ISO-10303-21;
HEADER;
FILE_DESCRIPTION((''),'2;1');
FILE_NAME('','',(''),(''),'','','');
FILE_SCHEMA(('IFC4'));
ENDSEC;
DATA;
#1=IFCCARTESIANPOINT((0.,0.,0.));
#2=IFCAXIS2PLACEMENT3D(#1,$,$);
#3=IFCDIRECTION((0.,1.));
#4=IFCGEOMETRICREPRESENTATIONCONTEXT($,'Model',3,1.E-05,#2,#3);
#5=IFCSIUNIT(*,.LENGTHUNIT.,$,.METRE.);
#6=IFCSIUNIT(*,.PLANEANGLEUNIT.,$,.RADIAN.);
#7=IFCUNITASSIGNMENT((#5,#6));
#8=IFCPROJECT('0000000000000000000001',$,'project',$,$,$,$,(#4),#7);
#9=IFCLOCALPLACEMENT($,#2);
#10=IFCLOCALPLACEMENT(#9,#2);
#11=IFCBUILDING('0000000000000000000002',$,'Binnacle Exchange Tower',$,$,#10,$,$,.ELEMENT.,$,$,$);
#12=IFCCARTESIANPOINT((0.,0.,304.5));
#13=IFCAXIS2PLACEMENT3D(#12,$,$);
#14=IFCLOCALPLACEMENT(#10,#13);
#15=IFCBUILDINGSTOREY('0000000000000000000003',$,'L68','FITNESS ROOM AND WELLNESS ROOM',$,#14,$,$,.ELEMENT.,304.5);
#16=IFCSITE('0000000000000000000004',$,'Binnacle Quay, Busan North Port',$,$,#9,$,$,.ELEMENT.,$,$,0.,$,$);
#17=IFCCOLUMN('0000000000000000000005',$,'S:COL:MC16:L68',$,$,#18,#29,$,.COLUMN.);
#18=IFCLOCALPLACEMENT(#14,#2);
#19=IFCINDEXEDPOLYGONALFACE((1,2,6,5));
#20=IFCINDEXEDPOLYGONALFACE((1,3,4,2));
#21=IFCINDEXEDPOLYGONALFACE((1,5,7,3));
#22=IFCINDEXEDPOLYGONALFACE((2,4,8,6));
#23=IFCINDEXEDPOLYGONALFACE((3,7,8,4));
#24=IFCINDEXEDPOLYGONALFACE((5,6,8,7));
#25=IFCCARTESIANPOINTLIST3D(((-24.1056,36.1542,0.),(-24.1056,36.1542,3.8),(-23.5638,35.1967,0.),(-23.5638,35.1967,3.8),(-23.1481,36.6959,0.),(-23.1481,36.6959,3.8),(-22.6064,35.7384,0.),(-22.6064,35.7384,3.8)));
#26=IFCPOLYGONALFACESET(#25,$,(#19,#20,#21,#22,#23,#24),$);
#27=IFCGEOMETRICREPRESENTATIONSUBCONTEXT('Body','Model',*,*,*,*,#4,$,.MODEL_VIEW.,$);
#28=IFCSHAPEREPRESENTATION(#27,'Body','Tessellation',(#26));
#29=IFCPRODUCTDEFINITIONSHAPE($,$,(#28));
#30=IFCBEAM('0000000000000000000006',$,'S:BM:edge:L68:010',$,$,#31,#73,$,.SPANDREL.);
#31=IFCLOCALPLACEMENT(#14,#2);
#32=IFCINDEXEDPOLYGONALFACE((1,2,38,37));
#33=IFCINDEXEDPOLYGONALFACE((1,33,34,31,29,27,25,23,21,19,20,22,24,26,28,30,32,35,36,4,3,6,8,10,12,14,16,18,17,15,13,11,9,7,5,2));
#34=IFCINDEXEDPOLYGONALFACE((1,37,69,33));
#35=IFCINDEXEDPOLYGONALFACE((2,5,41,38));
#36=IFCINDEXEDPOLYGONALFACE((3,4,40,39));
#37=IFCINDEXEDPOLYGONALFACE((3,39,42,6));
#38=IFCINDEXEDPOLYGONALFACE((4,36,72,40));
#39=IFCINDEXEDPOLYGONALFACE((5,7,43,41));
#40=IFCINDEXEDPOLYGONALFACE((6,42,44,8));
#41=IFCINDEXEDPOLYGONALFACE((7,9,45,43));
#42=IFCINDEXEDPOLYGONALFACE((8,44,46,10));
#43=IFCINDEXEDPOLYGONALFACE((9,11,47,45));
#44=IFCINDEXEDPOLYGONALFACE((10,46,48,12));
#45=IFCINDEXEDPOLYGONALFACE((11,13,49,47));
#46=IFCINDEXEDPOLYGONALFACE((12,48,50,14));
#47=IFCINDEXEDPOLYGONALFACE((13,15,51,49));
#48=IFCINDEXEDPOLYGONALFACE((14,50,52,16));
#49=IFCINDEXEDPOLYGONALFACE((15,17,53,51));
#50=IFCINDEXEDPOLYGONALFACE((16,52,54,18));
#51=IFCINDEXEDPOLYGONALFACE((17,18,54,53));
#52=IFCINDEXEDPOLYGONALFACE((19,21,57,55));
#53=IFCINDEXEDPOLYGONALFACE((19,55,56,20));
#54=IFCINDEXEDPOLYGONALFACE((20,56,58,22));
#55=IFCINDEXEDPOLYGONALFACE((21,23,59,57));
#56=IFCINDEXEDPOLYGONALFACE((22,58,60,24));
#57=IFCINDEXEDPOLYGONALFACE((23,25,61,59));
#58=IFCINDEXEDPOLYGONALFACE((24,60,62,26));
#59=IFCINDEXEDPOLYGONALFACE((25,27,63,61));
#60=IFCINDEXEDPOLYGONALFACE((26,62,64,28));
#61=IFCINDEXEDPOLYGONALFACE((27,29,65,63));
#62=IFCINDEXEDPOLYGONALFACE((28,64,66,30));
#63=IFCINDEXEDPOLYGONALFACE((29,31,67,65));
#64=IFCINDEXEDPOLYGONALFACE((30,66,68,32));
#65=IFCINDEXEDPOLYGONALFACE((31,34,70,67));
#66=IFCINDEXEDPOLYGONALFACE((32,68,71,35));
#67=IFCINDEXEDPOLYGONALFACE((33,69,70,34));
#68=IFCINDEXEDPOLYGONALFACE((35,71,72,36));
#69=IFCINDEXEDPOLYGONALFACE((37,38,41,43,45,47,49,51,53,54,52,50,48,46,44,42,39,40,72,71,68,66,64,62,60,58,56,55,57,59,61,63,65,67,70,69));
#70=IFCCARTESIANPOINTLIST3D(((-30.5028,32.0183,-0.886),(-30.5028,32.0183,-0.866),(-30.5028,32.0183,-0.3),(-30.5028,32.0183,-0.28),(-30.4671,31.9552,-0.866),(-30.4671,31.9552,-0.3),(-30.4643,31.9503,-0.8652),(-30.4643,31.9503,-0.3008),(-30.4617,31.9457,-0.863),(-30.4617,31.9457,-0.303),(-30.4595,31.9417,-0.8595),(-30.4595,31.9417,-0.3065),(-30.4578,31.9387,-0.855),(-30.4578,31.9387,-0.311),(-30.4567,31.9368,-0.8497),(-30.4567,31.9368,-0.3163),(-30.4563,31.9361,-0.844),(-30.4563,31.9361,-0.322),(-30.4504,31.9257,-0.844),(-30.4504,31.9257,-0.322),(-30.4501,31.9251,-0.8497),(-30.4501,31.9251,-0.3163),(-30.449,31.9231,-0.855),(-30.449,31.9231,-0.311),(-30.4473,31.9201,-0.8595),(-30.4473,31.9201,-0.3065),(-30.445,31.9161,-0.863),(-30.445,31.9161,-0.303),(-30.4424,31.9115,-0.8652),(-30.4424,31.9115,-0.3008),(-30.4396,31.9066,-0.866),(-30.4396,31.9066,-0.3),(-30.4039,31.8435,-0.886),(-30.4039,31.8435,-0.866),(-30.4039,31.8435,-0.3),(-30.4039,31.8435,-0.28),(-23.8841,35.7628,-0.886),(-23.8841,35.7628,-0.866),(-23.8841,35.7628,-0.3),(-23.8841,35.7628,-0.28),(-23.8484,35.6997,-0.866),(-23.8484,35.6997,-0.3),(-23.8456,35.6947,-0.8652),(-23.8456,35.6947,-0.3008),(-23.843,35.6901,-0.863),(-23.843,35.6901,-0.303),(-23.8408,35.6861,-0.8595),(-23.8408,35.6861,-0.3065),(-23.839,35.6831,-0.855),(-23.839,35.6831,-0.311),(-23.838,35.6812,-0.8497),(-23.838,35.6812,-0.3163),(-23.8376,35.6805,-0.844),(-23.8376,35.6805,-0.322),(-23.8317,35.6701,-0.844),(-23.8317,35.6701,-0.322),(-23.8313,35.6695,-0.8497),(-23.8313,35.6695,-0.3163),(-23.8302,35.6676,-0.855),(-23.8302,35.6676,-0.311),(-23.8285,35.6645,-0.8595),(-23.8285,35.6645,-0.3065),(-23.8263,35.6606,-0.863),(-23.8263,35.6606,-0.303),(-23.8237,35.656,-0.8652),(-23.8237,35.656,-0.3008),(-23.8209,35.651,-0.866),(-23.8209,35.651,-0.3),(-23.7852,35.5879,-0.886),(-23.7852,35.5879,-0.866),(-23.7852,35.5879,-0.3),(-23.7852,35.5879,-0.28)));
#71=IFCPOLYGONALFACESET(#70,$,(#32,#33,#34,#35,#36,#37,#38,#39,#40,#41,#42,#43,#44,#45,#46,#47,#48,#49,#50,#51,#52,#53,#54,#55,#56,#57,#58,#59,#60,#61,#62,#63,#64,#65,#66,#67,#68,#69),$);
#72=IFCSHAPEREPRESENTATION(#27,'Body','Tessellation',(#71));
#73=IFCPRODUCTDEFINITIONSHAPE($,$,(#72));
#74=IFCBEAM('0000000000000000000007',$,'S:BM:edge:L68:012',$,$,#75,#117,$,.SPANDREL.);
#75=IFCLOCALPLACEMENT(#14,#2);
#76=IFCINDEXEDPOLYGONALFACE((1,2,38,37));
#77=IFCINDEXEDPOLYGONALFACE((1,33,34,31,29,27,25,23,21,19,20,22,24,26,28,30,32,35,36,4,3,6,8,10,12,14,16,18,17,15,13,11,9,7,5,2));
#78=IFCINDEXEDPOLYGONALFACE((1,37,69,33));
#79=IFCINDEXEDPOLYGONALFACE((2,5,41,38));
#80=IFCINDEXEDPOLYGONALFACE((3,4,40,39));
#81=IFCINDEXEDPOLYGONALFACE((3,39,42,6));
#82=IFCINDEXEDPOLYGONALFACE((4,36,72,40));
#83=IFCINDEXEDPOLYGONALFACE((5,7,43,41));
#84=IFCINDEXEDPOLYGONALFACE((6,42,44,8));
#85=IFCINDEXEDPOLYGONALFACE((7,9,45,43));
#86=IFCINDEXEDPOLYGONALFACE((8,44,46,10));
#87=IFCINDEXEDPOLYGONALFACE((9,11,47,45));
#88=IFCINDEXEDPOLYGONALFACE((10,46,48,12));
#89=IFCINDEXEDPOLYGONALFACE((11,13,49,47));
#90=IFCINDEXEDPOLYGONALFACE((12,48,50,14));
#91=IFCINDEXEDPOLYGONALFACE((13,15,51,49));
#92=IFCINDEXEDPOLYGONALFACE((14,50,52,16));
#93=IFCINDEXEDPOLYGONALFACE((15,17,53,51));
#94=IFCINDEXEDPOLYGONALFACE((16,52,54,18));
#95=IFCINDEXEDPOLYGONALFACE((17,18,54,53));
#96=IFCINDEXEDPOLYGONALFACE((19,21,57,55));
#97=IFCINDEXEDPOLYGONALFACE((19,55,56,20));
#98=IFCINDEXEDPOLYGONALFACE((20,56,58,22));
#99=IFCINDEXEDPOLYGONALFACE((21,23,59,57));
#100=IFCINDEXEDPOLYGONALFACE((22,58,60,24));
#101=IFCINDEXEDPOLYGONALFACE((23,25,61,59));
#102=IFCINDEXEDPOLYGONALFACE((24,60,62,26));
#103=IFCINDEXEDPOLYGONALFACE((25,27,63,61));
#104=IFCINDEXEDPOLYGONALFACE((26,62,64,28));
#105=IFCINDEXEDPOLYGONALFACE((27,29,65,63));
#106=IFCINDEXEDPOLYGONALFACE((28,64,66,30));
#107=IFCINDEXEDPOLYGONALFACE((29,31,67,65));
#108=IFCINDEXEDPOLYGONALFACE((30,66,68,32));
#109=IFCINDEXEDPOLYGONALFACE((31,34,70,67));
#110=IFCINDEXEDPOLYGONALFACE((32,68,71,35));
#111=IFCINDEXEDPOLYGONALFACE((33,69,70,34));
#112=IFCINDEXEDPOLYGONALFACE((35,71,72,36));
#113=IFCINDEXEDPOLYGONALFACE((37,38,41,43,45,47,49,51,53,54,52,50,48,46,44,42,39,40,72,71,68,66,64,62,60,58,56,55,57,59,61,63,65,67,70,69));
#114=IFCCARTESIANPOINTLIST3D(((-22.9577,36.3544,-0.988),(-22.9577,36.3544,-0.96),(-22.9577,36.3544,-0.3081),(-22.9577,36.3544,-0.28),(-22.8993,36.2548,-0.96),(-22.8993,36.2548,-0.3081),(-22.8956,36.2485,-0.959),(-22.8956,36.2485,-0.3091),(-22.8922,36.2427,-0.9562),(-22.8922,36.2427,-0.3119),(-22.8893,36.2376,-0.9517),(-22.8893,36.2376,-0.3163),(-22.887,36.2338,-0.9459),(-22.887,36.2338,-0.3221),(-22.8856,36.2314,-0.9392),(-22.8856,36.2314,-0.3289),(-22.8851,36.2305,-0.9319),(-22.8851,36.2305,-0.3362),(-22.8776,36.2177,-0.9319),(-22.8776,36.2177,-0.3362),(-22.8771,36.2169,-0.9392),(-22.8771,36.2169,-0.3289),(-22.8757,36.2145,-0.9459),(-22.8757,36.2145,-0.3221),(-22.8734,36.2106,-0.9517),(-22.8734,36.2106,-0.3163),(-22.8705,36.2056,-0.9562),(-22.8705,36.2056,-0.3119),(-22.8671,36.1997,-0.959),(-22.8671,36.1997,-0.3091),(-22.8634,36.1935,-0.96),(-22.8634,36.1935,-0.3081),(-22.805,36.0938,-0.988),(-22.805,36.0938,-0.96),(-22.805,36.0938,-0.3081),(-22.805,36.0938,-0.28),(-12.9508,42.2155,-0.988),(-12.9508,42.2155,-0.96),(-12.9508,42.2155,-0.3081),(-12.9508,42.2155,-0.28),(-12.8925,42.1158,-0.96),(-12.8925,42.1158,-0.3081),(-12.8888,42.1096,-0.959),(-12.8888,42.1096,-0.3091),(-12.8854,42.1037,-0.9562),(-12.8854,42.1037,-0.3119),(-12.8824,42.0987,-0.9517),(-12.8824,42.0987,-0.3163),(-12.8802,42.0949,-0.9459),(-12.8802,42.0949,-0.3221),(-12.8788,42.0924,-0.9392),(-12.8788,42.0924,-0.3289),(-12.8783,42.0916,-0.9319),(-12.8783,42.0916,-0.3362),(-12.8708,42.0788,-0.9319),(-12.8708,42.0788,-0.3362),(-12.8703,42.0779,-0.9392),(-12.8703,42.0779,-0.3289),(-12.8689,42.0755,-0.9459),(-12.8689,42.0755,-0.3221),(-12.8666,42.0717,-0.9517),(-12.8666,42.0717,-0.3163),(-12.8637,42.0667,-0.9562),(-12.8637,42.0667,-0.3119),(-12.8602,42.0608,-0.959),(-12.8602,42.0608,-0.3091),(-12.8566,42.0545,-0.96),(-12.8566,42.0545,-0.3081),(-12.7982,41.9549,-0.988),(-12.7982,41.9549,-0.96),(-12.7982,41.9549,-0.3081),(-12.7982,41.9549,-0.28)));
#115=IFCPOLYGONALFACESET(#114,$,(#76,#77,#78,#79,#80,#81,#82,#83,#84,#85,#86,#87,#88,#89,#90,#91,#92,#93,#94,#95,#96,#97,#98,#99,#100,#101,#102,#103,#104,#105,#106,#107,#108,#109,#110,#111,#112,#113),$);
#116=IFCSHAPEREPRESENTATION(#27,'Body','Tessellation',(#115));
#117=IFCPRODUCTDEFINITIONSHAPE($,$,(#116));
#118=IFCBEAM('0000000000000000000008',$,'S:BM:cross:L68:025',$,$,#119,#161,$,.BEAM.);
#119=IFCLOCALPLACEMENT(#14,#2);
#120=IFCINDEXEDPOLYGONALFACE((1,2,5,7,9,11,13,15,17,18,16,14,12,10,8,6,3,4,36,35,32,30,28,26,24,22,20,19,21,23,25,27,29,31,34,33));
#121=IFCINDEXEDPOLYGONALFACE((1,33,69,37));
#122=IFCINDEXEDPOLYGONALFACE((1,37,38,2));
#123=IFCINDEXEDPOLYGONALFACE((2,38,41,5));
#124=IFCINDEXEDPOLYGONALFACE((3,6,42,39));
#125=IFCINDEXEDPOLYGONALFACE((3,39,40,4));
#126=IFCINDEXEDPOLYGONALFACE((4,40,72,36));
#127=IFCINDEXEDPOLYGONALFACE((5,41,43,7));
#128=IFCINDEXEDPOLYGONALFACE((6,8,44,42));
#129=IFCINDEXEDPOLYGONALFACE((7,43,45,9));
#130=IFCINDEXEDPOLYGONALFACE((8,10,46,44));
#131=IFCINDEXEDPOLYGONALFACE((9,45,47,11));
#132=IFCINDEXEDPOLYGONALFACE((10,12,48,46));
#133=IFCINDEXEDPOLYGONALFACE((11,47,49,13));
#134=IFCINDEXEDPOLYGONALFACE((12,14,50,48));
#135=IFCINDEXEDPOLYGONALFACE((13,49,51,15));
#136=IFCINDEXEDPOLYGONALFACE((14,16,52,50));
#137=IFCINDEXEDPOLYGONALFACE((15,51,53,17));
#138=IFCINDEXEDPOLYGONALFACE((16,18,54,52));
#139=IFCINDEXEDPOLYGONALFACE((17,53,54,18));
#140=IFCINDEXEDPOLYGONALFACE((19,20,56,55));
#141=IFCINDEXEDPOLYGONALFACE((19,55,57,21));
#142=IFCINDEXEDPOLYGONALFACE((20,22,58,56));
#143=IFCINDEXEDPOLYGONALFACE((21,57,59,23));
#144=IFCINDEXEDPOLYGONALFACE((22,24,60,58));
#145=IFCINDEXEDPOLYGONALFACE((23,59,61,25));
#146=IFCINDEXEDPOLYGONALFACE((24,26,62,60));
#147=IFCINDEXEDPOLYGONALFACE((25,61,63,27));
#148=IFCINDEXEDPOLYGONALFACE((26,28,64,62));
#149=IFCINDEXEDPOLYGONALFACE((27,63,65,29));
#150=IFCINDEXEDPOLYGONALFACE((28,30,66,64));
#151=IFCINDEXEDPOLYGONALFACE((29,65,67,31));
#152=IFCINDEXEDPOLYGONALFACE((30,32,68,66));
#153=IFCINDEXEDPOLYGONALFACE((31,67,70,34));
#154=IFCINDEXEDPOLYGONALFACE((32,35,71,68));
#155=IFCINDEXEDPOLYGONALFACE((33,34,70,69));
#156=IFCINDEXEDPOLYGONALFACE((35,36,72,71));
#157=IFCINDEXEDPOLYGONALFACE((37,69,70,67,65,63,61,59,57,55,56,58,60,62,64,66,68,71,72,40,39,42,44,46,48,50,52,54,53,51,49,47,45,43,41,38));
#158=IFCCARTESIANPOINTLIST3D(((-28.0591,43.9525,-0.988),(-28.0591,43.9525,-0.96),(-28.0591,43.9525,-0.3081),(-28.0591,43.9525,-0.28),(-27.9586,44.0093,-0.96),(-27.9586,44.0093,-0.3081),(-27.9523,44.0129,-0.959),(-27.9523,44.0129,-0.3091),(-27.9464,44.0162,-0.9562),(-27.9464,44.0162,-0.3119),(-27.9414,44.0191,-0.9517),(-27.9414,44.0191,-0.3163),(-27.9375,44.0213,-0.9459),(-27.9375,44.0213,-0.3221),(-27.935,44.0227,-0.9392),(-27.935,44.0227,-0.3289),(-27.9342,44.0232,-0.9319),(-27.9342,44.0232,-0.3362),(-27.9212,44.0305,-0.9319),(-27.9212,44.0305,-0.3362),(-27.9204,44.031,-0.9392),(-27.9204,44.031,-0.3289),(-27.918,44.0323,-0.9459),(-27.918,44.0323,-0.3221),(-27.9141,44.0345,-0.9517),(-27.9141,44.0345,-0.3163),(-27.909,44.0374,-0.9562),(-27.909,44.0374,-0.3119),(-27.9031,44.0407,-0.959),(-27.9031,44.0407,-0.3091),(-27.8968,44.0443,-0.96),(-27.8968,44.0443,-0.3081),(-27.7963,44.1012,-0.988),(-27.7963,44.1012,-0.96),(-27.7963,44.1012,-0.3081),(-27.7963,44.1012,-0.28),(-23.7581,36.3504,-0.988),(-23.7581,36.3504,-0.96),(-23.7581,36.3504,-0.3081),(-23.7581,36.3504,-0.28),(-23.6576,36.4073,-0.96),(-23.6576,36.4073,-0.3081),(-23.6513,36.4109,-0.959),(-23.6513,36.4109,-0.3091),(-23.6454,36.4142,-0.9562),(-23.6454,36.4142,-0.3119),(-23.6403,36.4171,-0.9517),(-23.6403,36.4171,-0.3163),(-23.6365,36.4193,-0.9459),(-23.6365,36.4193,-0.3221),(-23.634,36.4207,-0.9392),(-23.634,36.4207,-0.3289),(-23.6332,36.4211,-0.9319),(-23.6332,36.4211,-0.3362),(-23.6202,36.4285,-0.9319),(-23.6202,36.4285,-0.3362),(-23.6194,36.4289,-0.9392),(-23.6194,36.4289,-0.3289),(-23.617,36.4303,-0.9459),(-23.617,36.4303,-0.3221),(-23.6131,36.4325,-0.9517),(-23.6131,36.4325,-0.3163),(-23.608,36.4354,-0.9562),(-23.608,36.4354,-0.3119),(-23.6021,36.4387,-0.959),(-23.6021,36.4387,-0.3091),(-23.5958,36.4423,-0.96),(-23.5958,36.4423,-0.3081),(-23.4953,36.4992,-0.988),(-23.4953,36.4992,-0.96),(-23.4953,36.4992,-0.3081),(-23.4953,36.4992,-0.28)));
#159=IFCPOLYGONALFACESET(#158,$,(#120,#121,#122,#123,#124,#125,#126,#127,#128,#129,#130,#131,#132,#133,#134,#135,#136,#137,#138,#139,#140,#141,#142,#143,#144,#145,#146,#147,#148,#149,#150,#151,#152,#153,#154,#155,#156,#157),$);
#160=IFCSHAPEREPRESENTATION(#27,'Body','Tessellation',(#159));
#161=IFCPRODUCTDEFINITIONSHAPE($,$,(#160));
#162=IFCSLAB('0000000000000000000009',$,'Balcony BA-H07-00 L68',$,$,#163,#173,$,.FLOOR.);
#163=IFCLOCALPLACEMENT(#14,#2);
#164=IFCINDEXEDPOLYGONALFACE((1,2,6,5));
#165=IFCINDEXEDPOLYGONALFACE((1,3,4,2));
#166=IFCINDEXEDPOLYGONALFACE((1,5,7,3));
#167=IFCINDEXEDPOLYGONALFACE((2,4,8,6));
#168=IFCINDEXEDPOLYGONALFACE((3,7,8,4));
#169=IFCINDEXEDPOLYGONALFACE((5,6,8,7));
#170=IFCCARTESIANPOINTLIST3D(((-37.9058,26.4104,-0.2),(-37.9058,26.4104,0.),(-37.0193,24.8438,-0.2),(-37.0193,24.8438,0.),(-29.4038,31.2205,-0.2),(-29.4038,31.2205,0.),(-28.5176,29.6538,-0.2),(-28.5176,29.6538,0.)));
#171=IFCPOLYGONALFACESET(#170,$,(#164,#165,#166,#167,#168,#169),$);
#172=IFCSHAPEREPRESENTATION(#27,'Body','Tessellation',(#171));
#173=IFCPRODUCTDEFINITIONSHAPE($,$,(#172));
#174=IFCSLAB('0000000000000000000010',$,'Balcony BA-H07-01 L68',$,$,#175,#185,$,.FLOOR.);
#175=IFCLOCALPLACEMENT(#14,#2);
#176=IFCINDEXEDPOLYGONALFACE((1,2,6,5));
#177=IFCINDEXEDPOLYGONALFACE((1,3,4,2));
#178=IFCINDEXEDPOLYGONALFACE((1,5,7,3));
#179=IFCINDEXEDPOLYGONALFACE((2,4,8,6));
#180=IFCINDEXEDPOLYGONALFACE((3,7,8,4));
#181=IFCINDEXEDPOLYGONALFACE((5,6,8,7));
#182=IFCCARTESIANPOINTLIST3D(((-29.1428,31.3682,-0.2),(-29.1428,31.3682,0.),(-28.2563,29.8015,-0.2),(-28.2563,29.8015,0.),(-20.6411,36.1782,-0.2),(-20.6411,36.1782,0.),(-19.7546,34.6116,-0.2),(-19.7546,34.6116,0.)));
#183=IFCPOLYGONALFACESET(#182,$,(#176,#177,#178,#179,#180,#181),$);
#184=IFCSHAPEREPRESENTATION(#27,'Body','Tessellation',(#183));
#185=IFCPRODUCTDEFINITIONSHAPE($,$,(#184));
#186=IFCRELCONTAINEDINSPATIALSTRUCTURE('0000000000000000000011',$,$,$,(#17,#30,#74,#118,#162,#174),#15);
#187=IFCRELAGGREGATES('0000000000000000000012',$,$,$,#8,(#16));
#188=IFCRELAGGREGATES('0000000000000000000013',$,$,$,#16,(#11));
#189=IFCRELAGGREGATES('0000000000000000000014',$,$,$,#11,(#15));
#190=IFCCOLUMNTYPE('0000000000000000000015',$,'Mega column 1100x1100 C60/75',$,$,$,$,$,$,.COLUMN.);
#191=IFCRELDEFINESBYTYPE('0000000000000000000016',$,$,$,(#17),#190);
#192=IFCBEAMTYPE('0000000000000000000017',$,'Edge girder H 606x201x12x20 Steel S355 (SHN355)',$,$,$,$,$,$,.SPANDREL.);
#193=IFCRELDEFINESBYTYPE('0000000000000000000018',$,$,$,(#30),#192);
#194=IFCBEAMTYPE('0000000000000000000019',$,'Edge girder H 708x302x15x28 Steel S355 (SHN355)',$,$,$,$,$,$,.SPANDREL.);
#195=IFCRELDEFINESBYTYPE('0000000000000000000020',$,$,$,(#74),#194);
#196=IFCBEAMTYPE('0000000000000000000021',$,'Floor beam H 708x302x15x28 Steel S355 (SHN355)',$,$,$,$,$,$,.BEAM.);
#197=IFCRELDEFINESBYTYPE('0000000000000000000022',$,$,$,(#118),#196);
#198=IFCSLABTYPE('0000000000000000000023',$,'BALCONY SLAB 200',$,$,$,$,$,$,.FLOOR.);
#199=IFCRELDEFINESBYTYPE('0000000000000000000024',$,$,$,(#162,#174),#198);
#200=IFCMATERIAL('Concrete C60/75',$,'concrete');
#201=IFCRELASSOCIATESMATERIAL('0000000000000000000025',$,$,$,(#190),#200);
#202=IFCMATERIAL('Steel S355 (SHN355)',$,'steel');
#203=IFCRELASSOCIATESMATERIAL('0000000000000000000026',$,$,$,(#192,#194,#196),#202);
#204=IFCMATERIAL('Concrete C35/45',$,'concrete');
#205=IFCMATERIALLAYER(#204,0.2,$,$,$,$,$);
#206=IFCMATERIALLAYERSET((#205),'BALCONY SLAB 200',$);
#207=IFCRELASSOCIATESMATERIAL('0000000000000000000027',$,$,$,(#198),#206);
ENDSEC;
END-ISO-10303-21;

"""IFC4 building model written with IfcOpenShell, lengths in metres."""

from ifc_helpers import new_model, si_unit, direction, frame, origin, origin_2d, place, context, subcontext, project, spatial, polyline, rectangle, i_section, outline, extrude, material, layer, layer_set, material_profile, profile_set, type_object, element, save


model = new_model("IFC4")

# Units and contexts
model_context = context("Model", 3, precision=1e-05, world=origin(), true_north=direction((0.0, 1.0)))
body_context = subcontext(model_context, "Body", "Model", "MODEL_VIEW")
ifc_project = project(units=[si_unit("LENGTHUNIT", "METRE"), si_unit("PLANEANGLEUNIT", "RADIAN")], contexts=[model_context])

# Site, building, storey
site_placement = place(None, origin())
site = spatial("IfcSite", under=ifc_project, at=site_placement, Name="Binnacle Quay, Busan North Port", CompositionType="ELEMENT", RefElevation=0.0)
building_placement = place(site_placement, origin())
building = spatial("IfcBuilding", under=site, at=building_placement, Name="Binnacle Exchange Tower", CompositionType="ELEMENT")
storey_placement = place(building_placement, frame((0.0, 0.0, 304.5)))
storey = spatial("IfcBuildingStorey", under=building, at=storey_placement, Name="L68", Description="FITNESS ROOM AND WELLNESS ROOM", CompositionType="ELEMENT", Elevation=304.5)

# Column
ifc_material_1 = material(Name="Concrete C60/75", Category="concrete")
ifc_material_profile_1 = material_profile(ifc_material_1, rectangle(XDim=1.1001, YDim=1.1001, at=origin_2d()), Name="Mega column 1100x1100 C60/75")
ifc_profile_set_1 = profile_set([ifc_material_profile_1], Name="Concrete C60/75")
column_type = type_object("IfcColumnType", Name="Mega column 1100x1100 C60/75", PredefinedType="COLUMN", material=ifc_profile_set_1)
column_placement = place(storey_placement, frame((-23.356, 35.9463, 0.0), z_axis=(0.0, 0.0, 1.0), x_axis=(0.870356, 0.492424, 0.0)))
element("IfcColumn", 1, at=column_placement, inside=storey, type_object=column_type, Name="S:COL:MC16:L68", PredefinedType="COLUMN", context=body_context, shape_type="SweptSolid", body=[
    extrude(rectangle(XDim=1.1001, YDim=1.1001, at=origin_2d()), origin(), (0.0, 0.0, 1.0), 3.8),
])

# Beams
ifc_material_2 = material(Name="Steel S355 (SHN355)", Category="steel")
ifc_material_profile_2 = material_profile(ifc_material_2, i_section(OverallWidth=0.2009, OverallDepth=0.606, WebThickness=0.012, FlangeThickness=0.02, FilletRadius=0.022, at=origin_2d()), Name="H 606x201x12x20")
ifc_profile_set_2 = profile_set([ifc_material_profile_2], Name="Steel S355 (SHN355)")
beam_type_1 = type_object("IfcBeamType", Name="Edge girder H 606x201x12x20 Steel S355 (SHN355)", PredefinedType="SPANDREL", material=ifc_profile_set_2)
beam_1_placement = place(storey_placement, frame((-30.4534, 31.9309, -0.583), z_axis=(0.870371, 0.492397, 0.0), x_axis=(-0.492397, 0.870371, 0.0)))
element("IfcBeam", 2, at=beam_1_placement, inside=storey, type_object=beam_type_1, Name="S:BM:edge:L68:010", PredefinedType="SPANDREL", context=body_context, shape_type="SweptSolid", body=[
    extrude(i_section(OverallWidth=0.2009, OverallDepth=0.606, WebThickness=0.012, FlangeThickness=0.02, FilletRadius=0.022, at=origin_2d()), origin(), (0.0, 0.0, 1.0), 7.6045),
])
ifc_material_profile_3 = material_profile(ifc_material_2, i_section(OverallWidth=0.302, OverallDepth=0.708, WebThickness=0.0149, FlangeThickness=0.0281, FilletRadius=0.0281, at=origin_2d()), Name="H 708x302x15x28")
ifc_profile_set_3 = profile_set([ifc_material_profile_3], Name="Steel S355 (SHN355)")
beam_type_2 = type_object("IfcBeamType", Name="Edge girder H 708x302x15x28 Steel S355 (SHN355)", PredefinedType="SPANDREL", material=ifc_profile_set_3)
beam_2_placement = place(storey_placement, frame((-22.8813, 36.2241, -0.634), z_axis=(0.862886, 0.505399, 0.0), x_axis=(-0.505399, 0.862886, 0.0)))
element("IfcBeam", 3, at=beam_2_placement, inside=storey, type_object=beam_type_2, Name="S:BM:edge:L68:012", PredefinedType="SPANDREL", context=body_context, shape_type="SweptSolid", body=[
    extrude(i_section(OverallWidth=0.302, OverallDepth=0.708, WebThickness=0.0149, FlangeThickness=0.0281, FilletRadius=0.0281, at=origin_2d()), origin(), (0.0, 0.0, 1.0), 11.5969),
])
ifc_material_profile_4 = material_profile(ifc_material_2, i_section(OverallWidth=0.302, OverallDepth=0.708, WebThickness=0.0149, FlangeThickness=0.0281, FilletRadius=0.0281, at=origin_2d()), Name="H 708x302x15x28")
ifc_profile_set_4 = profile_set([ifc_material_profile_4], Name="Steel S355 (SHN355)")
beam_type_3 = type_object("IfcBeamType", Name="Floor beam H 708x302x15x28 Steel S355 (SHN355)", PredefinedType="BEAM", material=ifc_profile_set_4)
beam_3_placement = place(storey_placement, frame((-23.6267, 36.4248, -0.634), z_axis=(-0.492423, 0.870356, 0.0), x_axis=(-0.870356, -0.492423, 0.0)))
element("IfcBeam", 4, at=beam_3_placement, inside=storey, type_object=beam_type_3, Name="S:BM:cross:L68:025", PredefinedType="BEAM", context=body_context, shape_type="SweptSolid", body=[
    extrude(i_section(OverallWidth=0.302, OverallDepth=0.708, WebThickness=0.0149, FlangeThickness=0.0281, FilletRadius=0.0281, at=origin_2d()), origin(), (0.0, 0.0, 1.0), 8.7344),
])

# Slabs
ifc_material_3 = material(Name="Concrete C35/45", Category="concrete")
ifc_layer_1 = layer(ifc_material_3, 0.2)
ifc_layer_set_1 = layer_set([ifc_layer_1], Name="BALCONY SLAB 200")
slab_type_1 = type_object("IfcSlabType", Name="BALCONY SLAB 200", PredefinedType="FLOOR", material=ifc_layer_set_1)
slab_1_placement = place(storey_placement, frame((0.0, 0.0, -0.2)))
element("IfcSlab", 5, at=slab_1_placement, inside=storey, type_object=slab_type_1, Name="Balcony BA-H07-00 L68", PredefinedType="FLOOR", context=body_context, shape_type="SweptSolid", body=[
    extrude(outline(polyline([(-37.9058, 26.4104), (-29.4038, 31.2205), (-28.5176, 29.6538), (-37.0193, 24.8438), (-37.9058, 26.4104)])), origin(), (0.0, 0.0, 1.0), 0.2),
])
slab_2_placement = place(storey_placement, frame((0.0, 0.0, -0.2)))
element("IfcSlab", 6, at=slab_2_placement, inside=storey, type_object=slab_type_1, Name="Balcony BA-H07-01 L68", PredefinedType="FLOOR", context=body_context, shape_type="SweptSolid", body=[
    extrude(outline(polyline([(-29.1428, 31.3682), (-20.6411, 36.1782), (-19.7546, 34.6116), (-28.2563, 29.8015), (-29.1428, 31.3682)])), origin(), (0.0, 0.0, 1.0), 0.2),
])

save(model, "model.ifc")
